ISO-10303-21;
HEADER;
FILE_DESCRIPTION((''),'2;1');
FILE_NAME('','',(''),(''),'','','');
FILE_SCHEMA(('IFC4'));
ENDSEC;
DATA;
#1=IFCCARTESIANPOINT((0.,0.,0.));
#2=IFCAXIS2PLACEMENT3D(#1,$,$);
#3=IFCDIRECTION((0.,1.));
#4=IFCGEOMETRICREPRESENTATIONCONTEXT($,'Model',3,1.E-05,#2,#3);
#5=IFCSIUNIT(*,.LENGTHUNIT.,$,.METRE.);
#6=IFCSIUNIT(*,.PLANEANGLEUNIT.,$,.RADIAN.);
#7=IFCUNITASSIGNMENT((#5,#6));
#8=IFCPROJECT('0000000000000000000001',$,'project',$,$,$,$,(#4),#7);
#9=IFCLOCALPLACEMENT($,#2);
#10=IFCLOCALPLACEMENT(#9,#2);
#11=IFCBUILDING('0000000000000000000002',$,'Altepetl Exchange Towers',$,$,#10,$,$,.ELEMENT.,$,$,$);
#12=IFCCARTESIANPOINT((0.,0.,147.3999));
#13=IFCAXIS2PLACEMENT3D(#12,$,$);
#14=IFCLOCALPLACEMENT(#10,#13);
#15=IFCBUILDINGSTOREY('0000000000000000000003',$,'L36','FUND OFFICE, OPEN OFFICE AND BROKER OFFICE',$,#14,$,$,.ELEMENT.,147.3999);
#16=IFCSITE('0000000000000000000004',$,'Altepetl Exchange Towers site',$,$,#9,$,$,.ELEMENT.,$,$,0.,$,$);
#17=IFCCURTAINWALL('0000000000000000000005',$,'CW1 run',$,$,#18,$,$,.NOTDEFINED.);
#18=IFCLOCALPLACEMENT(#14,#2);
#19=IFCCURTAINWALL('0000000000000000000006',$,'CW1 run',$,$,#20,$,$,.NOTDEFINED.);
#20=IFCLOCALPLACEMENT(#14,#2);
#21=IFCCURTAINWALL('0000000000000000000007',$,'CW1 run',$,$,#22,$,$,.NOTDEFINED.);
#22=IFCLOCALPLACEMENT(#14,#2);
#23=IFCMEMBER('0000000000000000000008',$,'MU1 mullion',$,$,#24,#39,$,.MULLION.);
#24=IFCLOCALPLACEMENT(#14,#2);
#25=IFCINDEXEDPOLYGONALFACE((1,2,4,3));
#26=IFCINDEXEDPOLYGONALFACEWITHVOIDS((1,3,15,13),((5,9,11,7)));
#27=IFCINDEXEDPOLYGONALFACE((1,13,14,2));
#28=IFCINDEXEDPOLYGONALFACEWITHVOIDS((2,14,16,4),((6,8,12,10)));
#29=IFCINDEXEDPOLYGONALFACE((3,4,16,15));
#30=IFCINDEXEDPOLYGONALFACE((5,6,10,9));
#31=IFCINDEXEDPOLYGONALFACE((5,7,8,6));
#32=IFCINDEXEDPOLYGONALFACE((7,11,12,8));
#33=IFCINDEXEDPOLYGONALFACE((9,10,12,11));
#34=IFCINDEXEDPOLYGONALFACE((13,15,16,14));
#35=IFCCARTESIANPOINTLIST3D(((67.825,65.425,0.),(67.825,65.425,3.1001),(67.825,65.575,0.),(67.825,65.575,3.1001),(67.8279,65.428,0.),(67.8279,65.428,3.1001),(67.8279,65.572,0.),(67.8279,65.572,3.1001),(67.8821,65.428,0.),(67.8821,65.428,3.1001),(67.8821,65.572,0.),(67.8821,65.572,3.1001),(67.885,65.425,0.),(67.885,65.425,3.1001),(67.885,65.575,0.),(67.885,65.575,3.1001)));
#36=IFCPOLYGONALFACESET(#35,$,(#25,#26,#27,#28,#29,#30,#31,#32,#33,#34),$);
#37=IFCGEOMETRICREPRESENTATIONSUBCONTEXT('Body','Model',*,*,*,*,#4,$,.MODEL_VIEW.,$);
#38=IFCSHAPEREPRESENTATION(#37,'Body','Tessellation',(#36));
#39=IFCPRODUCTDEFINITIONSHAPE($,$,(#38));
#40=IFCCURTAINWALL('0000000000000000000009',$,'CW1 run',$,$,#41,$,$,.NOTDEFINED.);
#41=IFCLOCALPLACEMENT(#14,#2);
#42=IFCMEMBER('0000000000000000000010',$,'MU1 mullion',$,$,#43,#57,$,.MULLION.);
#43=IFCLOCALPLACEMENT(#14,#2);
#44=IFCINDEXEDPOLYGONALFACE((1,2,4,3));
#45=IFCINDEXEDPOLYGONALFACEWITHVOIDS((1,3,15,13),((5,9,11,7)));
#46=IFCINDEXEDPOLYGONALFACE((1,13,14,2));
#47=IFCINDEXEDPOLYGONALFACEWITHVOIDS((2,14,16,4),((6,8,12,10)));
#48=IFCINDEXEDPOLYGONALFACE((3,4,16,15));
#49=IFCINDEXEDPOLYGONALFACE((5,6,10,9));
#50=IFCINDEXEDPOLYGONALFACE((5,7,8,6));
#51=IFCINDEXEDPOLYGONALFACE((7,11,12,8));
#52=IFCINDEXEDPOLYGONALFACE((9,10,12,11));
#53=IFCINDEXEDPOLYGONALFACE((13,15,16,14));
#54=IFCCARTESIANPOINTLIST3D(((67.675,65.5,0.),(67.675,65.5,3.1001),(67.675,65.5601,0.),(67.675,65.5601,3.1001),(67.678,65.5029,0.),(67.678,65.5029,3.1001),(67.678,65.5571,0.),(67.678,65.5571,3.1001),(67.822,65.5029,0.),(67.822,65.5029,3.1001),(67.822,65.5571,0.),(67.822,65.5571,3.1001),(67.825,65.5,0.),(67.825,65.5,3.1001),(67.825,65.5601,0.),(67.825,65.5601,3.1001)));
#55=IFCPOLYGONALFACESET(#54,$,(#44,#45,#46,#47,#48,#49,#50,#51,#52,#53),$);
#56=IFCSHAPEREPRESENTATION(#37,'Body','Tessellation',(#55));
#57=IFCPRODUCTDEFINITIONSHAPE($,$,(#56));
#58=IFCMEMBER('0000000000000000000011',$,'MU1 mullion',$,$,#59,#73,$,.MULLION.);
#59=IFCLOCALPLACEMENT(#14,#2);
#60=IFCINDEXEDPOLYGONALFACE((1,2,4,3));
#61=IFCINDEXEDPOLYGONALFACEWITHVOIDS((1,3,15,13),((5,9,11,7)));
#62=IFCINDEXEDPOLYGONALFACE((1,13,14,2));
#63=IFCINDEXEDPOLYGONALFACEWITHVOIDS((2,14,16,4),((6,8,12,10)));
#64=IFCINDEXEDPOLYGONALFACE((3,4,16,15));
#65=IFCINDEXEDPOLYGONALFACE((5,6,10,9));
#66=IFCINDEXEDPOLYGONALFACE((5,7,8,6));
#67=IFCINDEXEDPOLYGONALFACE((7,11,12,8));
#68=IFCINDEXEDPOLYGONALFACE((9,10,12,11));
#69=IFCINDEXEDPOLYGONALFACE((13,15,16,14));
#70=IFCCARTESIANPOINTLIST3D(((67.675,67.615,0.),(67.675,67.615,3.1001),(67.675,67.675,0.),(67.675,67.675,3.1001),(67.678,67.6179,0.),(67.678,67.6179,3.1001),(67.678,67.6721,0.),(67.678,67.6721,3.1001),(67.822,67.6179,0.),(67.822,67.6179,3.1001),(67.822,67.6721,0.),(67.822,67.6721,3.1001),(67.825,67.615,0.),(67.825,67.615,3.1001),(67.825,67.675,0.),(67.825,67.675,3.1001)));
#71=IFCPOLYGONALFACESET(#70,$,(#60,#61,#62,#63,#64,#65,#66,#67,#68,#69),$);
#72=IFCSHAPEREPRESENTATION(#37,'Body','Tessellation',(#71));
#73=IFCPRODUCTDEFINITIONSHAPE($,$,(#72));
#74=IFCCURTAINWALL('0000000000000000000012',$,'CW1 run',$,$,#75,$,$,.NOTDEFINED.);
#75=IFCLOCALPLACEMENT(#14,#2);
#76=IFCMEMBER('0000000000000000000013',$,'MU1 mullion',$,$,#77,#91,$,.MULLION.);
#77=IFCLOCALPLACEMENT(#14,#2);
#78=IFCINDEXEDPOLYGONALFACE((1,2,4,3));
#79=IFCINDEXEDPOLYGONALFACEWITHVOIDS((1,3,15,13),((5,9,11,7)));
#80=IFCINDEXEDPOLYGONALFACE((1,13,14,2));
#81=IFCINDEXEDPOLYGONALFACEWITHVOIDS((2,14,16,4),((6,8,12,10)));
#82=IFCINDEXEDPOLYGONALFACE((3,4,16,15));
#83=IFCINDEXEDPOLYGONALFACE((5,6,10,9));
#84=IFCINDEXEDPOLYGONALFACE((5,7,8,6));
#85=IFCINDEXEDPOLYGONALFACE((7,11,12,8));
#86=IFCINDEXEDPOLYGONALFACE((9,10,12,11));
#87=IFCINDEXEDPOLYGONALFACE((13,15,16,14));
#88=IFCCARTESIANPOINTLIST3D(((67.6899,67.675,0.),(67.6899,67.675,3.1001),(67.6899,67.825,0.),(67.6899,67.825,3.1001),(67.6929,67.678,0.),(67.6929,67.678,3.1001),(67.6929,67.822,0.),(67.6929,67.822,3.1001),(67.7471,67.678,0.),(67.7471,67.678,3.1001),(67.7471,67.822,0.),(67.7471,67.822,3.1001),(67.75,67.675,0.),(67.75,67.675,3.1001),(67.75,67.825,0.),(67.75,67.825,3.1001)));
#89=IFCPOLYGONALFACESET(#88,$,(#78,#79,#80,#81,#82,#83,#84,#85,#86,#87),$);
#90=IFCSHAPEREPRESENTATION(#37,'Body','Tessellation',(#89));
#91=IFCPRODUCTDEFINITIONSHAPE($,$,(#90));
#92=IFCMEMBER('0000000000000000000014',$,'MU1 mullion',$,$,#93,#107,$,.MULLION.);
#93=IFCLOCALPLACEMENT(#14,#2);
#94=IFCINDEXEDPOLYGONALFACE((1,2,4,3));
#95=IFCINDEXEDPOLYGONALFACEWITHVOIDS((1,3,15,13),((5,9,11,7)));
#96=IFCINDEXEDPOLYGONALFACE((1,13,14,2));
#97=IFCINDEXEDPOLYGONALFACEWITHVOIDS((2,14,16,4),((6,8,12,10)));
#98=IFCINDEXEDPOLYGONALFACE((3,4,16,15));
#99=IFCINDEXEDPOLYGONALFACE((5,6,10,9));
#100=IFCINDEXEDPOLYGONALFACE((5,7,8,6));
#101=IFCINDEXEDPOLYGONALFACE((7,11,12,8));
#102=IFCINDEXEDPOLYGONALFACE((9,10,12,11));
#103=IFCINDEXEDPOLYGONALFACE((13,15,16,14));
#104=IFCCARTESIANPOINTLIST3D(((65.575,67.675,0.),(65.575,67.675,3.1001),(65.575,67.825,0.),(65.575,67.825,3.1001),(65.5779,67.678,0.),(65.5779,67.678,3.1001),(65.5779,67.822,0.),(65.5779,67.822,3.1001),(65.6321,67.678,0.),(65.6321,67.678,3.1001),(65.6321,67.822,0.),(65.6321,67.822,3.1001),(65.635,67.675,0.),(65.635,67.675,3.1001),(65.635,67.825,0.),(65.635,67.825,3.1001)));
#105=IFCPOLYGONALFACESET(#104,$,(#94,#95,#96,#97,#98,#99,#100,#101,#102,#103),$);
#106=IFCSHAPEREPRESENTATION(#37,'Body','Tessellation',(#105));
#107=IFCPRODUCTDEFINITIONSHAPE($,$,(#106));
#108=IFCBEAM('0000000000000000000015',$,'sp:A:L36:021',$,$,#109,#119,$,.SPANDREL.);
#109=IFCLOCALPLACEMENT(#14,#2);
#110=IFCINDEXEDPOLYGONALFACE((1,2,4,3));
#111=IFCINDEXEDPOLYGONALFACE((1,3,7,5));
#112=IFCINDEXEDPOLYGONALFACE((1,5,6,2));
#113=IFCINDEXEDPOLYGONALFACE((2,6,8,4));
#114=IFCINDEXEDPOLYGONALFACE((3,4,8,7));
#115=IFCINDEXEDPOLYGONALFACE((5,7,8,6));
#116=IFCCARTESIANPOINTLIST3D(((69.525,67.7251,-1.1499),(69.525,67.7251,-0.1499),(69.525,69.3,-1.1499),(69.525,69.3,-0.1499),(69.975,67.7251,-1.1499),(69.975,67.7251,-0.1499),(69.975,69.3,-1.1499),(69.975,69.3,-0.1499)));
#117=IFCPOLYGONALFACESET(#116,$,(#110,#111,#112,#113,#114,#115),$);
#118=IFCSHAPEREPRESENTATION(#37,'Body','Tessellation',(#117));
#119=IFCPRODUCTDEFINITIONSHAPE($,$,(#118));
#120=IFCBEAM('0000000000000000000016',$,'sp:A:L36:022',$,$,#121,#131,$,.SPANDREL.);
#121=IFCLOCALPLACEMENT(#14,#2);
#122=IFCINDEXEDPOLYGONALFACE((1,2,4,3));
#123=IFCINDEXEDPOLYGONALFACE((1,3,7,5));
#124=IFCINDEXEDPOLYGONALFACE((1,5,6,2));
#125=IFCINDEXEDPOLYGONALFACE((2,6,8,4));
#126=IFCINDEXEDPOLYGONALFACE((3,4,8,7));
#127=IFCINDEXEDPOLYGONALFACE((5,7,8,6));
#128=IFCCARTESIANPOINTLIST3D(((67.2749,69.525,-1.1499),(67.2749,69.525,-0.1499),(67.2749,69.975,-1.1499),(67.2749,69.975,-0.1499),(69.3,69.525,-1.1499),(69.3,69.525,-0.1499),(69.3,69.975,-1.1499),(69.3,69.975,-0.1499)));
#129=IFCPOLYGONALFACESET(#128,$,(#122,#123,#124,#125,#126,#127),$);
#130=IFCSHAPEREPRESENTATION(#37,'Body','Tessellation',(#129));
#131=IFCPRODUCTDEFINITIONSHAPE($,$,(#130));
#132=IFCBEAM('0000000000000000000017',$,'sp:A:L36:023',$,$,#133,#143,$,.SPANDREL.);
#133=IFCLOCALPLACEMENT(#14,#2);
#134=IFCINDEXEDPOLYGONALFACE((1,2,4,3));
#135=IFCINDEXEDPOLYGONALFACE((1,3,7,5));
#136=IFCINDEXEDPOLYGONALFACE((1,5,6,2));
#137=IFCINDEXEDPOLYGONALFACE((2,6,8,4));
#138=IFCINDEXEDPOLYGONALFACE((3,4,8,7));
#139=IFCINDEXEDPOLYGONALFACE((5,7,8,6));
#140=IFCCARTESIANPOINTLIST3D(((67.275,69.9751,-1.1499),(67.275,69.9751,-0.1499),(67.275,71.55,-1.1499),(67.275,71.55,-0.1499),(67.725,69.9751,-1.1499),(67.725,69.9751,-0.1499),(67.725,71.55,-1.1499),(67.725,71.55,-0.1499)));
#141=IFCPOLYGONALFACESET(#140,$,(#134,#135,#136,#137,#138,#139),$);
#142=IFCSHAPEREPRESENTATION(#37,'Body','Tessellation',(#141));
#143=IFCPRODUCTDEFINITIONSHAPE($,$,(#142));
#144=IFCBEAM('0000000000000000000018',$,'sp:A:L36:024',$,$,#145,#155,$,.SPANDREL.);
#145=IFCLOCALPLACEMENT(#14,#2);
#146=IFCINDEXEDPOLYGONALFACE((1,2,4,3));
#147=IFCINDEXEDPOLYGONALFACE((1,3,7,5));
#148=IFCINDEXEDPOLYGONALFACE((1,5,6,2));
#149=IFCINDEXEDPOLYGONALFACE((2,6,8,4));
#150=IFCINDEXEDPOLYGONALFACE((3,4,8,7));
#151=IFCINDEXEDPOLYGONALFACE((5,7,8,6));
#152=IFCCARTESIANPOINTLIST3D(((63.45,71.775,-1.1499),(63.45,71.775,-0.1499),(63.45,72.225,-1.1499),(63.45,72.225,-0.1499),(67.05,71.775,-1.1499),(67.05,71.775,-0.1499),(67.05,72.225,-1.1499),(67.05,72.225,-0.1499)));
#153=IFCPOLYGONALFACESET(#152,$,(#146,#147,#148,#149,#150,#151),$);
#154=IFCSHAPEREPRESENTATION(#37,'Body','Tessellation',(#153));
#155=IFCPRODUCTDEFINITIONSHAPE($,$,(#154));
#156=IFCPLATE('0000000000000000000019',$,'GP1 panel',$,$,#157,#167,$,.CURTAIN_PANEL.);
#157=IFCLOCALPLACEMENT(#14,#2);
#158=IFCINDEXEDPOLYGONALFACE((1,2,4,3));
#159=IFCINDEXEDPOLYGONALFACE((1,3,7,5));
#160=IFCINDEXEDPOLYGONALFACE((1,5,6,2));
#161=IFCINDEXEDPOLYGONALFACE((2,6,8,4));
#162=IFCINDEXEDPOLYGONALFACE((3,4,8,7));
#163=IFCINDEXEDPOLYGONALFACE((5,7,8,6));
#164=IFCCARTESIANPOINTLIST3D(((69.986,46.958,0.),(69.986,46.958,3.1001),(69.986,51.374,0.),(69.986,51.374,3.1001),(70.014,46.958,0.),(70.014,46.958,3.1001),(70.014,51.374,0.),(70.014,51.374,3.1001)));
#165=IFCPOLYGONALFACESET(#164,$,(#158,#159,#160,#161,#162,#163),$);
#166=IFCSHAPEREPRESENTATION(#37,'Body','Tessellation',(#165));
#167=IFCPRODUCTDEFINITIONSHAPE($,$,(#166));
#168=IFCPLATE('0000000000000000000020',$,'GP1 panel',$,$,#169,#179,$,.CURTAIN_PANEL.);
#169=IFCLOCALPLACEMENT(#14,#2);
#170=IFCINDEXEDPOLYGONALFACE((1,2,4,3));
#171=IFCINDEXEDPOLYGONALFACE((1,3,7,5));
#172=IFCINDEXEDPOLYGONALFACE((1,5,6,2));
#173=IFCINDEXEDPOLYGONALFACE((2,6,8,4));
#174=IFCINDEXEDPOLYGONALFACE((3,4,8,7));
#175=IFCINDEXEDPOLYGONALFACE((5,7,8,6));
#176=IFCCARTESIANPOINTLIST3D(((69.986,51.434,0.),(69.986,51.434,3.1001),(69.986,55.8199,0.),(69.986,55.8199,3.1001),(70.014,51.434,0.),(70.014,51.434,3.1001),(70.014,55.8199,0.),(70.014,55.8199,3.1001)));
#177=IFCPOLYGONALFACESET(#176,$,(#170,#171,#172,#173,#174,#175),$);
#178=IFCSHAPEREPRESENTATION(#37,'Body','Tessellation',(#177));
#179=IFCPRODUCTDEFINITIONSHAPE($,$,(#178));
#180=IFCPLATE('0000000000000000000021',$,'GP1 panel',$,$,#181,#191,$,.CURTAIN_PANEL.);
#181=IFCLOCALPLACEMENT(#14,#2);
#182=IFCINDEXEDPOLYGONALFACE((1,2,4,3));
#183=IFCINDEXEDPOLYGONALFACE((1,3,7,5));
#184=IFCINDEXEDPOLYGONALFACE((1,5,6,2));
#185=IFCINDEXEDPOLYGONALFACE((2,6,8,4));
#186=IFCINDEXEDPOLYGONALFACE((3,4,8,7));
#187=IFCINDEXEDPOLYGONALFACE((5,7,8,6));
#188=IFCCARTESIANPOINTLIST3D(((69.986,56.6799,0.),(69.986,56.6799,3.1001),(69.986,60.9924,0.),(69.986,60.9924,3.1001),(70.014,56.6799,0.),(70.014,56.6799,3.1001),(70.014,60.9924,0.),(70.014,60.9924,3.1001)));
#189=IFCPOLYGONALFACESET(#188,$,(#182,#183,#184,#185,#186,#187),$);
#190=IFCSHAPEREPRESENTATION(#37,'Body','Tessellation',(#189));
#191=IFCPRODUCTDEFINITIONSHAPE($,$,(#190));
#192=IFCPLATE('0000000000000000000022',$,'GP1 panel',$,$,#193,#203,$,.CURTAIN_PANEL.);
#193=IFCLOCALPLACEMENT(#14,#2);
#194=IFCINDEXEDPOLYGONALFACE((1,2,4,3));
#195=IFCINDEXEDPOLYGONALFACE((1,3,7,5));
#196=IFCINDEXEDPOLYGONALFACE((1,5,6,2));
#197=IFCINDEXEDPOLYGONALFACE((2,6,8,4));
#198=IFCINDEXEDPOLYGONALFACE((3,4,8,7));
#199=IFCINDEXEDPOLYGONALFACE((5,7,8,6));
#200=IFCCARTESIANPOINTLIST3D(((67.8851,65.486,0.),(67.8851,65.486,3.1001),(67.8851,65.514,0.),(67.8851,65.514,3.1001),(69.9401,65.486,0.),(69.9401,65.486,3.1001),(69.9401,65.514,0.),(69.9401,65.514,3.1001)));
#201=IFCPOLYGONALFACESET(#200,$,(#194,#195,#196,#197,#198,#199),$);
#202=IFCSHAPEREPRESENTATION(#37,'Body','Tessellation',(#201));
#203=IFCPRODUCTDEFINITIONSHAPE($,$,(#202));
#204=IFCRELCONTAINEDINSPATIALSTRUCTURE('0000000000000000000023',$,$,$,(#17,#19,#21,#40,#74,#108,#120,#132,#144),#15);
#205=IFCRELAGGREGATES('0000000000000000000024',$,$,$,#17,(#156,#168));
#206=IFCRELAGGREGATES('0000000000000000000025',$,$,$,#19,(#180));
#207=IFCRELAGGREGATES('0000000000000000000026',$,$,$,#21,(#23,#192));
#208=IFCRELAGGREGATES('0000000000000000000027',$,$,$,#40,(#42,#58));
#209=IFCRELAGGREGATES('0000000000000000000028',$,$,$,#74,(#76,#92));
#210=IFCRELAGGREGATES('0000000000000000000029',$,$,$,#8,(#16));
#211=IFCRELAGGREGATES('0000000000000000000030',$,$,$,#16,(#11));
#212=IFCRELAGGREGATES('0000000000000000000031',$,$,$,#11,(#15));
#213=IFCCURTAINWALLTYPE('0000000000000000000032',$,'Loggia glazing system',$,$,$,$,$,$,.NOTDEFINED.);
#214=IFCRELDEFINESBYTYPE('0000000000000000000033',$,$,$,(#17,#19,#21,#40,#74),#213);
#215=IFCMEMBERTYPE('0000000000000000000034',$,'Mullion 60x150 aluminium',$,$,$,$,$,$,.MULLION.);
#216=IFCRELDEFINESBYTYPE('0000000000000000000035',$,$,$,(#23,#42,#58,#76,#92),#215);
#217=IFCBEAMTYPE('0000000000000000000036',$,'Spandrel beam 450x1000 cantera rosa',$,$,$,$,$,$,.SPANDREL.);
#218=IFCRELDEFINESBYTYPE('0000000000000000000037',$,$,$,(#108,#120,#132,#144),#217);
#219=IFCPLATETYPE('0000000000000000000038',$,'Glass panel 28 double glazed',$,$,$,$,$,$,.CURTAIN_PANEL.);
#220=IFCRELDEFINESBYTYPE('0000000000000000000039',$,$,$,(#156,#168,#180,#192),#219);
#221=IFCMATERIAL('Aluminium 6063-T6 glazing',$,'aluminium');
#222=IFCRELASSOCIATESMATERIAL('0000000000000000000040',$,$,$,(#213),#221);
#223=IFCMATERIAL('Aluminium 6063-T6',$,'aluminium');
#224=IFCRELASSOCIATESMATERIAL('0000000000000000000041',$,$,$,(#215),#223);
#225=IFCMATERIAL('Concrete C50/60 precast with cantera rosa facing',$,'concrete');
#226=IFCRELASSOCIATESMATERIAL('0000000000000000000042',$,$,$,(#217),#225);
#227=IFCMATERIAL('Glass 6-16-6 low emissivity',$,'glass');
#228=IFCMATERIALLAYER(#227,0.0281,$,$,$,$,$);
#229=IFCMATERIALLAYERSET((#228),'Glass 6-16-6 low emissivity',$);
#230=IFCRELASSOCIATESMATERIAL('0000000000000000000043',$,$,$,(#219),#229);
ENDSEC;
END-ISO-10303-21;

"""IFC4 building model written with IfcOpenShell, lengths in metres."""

from ifc_helpers import new_model, si_unit, direction, frame, origin, origin_2d, place, context, subcontext, project, spatial, rectangle, hollow_rectangle, extrude, material, layer, layer_set, material_profile, profile_set, type_object, element, aggregate, save


model = new_model("IFC4")

# Units and contexts
model_context = context("Model", 3, precision=1e-05, world=origin(), true_north=direction((0.0, 1.0)))
body_context = subcontext(model_context, "Body", "Model", "MODEL_VIEW")
ifc_project = project(units=[si_unit("LENGTHUNIT", "METRE"), si_unit("PLANEANGLEUNIT", "RADIAN")], contexts=[model_context])

# Site, building, storey
site_placement = place(None, origin())
site = spatial("IfcSite", under=ifc_project, at=site_placement, Name="Altepetl Exchange Towers site", CompositionType="ELEMENT", RefElevation=0.0)
building_placement = place(site_placement, origin())
building = spatial("IfcBuilding", under=site, at=building_placement, Name="Altepetl Exchange Towers", CompositionType="ELEMENT")
storey_placement = place(building_placement, frame((0.0, 0.0, 147.3999)))
storey = spatial("IfcBuildingStorey", under=building, at=storey_placement, Name="L36", Description="FUND OFFICE, OPEN OFFICE AND BROKER OFFICE", CompositionType="ELEMENT", Elevation=147.3999)

# Curtain walls, members
ifc_material_1 = material(Name="Aluminium 6063-T6 glazing", Category="aluminium")
curtain_wall_type = type_object("IfcCurtainWallType", Name="Loggia glazing system", PredefinedType="NOTDEFINED", material=ifc_material_1)
curtain_wall_1_placement = place(storey_placement, origin())
curtain_wall_1 = element("IfcCurtainWall", 1, at=curtain_wall_1_placement, inside=storey, type_object=curtain_wall_type, Name="CW1 run", PredefinedType="NOTDEFINED")
ifc_material_2 = material(Name="Aluminium 6063-T6", Category="aluminium")
ifc_material_profile_1 = material_profile(ifc_material_2, hollow_rectangle(XDim=0.0601, YDim=0.1499, WallThickness=0.0029, at=origin_2d()), Name="Mullion 60x150 aluminium")
ifc_profile_set_1 = profile_set([ifc_material_profile_1], Name="Aluminium 6063-T6")
member_type = type_object("IfcMemberType", Name="Mullion 60x150 aluminium", PredefinedType="MULLION", material=ifc_profile_set_1)
curtain_wall_2_placement = place(storey_placement, origin())
curtain_wall_2 = element("IfcCurtainWall", 2, at=curtain_wall_2_placement, inside=storey, type_object=curtain_wall_type, Name="CW1 run", PredefinedType="NOTDEFINED")
curtain_wall_3_placement = place(storey_placement, origin())
curtain_wall_3 = element("IfcCurtainWall", 3, at=curtain_wall_3_placement, inside=storey, type_object=curtain_wall_type, Name="CW1 run", PredefinedType="NOTDEFINED")
member_1_placement = place(storey_placement, frame((67.855, 65.5, 0.0), z_axis=(0.0, 0.0, 1.0), x_axis=(-1.0, 0.0, 0.0)))
member_1 = element("IfcMember", 4, at=member_1_placement, type_object=member_type, Name="MU1 mullion", PredefinedType="MULLION", context=body_context, shape_type="SweptSolid", body=[
    extrude(hollow_rectangle(XDim=0.0601, YDim=0.1499, WallThickness=0.0029, at=origin_2d()), origin(), (0.0, 0.0, 1.0), 3.1001),
])
curtain_wall_4_placement = place(storey_placement, origin())
curtain_wall_4 = element("IfcCurtainWall", 5, at=curtain_wall_4_placement, inside=storey, type_object=curtain_wall_type, Name="CW1 run", PredefinedType="NOTDEFINED")
member_2_placement = place(storey_placement, frame((67.75, 65.53, 0.0), z_axis=(0.0, 0.0, 1.0), x_axis=(0.0, 1.0, 0.0)))
member_2 = element("IfcMember", 6, at=member_2_placement, type_object=member_type, Name="MU1 mullion", PredefinedType="MULLION", context=body_context, shape_type="SweptSolid", body=[
    extrude(hollow_rectangle(XDim=0.0601, YDim=0.1499, WallThickness=0.0029, at=origin_2d()), origin(), (0.0, 0.0, 1.0), 3.1001),
])
member_3_placement = place(storey_placement, frame((67.75, 67.645, 0.0), z_axis=(0.0, 0.0, 1.0), x_axis=(0.0, 1.0, 0.0)))
member_3 = element("IfcMember", 7, at=member_3_placement, type_object=member_type, Name="MU1 mullion", PredefinedType="MULLION", context=body_context, shape_type="SweptSolid", body=[
    extrude(hollow_rectangle(XDim=0.0601, YDim=0.1499, WallThickness=0.0029, at=origin_2d()), origin(), (0.0, 0.0, 1.0), 3.1001),
])
curtain_wall_5_placement = place(storey_placement, origin())
curtain_wall_5 = element("IfcCurtainWall", 8, at=curtain_wall_5_placement, inside=storey, type_object=curtain_wall_type, Name="CW1 run", PredefinedType="NOTDEFINED")
member_4_placement = place(storey_placement, frame((67.72, 67.75, 0.0), z_axis=(0.0, 0.0, 1.0), x_axis=(-1.0, 0.0, 0.0)))
member_4 = element("IfcMember", 9, at=member_4_placement, type_object=member_type, Name="MU1 mullion", PredefinedType="MULLION", context=body_context, shape_type="SweptSolid", body=[
    extrude(hollow_rectangle(XDim=0.0601, YDim=0.1499, WallThickness=0.0029, at=origin_2d()), origin(), (0.0, 0.0, 1.0), 3.1001),
])
member_5_placement = place(storey_placement, frame((65.605, 67.75, 0.0), z_axis=(0.0, 0.0, 1.0), x_axis=(-1.0, 0.0, 0.0)))
member_5 = element("IfcMember", 10, at=member_5_placement, type_object=member_type, Name="MU1 mullion", PredefinedType="MULLION", context=body_context, shape_type="SweptSolid", body=[
    extrude(hollow_rectangle(XDim=0.0601, YDim=0.1499, WallThickness=0.0029, at=origin_2d()), origin(), (0.0, 0.0, 1.0), 3.1001),
])

# Beams
ifc_material_3 = material(Name="Concrete C50/60 precast with cantera rosa facing", Category="concrete")
ifc_material_profile_2 = material_profile(ifc_material_3, rectangle(XDim=0.45, YDim=1.0, at=origin_2d()), Name="450 x 1000")
ifc_profile_set_2 = profile_set([ifc_material_profile_2], Name="Concrete C50/60 precast with cantera rosa facing")
beam_type_1 = type_object("IfcBeamType", Name="Spandrel beam 450x1000 cantera rosa", PredefinedType="SPANDREL", material=ifc_profile_set_2)
beam_1_placement = place(storey_placement, frame((69.75, 67.7251, -0.6499), z_axis=(0.0, 1.0, 0.0), x_axis=(-1.0, 0.0, 0.0)))
element("IfcBeam", 11, at=beam_1_placement, inside=storey, type_object=beam_type_1, Name="sp:A:L36:021", PredefinedType="SPANDREL", context=body_context, shape_type="SweptSolid", body=[
    extrude(rectangle(XDim=0.45, YDim=1.0, at=origin_2d()), origin(), (0.0, 0.0, 1.0), 1.575),
])
beam_2_placement = place(storey_placement, frame((69.3, 69.75, -0.6499), z_axis=(-1.0, 0.0, 0.0), x_axis=(0.0, -1.0, 0.0)))
element("IfcBeam", 12, at=beam_2_placement, inside=storey, type_object=beam_type_1, Name="sp:A:L36:022", PredefinedType="SPANDREL", context=body_context, shape_type="SweptSolid", body=[
    extrude(rectangle(XDim=0.45, YDim=1.0, at=origin_2d()), origin(), (0.0, 0.0, 1.0), 2.0251),
])
beam_3_placement = place(storey_placement, frame((67.5, 69.9751, -0.6499), z_axis=(0.0, 1.0, 0.0), x_axis=(-1.0, 0.0, 0.0)))
element("IfcBeam", 13, at=beam_3_placement, inside=storey, type_object=beam_type_1, Name="sp:A:L36:023", PredefinedType="SPANDREL", context=body_context, shape_type="SweptSolid", body=[
    extrude(rectangle(XDim=0.45, YDim=1.0, at=origin_2d()), origin(), (0.0, 0.0, 1.0), 1.575),
])
beam_4_placement = place(storey_placement, frame((67.05, 72.0, -0.6499), z_axis=(-1.0, 0.0, 0.0), x_axis=(0.0, -1.0, 0.0)))
element("IfcBeam", 14, at=beam_4_placement, inside=storey, type_object=beam_type_1, Name="sp:A:L36:024", PredefinedType="SPANDREL", context=body_context, shape_type="SweptSolid", body=[
    extrude(rectangle(XDim=0.45, YDim=1.0, at=origin_2d()), origin(), (0.0, 0.0, 1.0), 3.6001),
])

# Plates
ifc_material_4 = material(Name="Glass 6-16-6 low emissivity", Category="glass")
ifc_layer_1 = layer(ifc_material_4, 0.0281)
ifc_layer_set_1 = layer_set([ifc_layer_1], Name="Glass 6-16-6 low emissivity")
plate_type = type_object("IfcPlateType", Name="Glass panel 28 double glazed", PredefinedType="CURTAIN_PANEL", material=ifc_layer_set_1)
plate_1_placement = place(storey_placement, frame((70.0, 49.166, 0.0), z_axis=(0.0, 0.0, 1.0), x_axis=(0.0, 1.0, 0.0)))
plate_1 = element("IfcPlate", 15, at=plate_1_placement, type_object=plate_type, Name="GP1 panel", PredefinedType="CURTAIN_PANEL", context=body_context, shape_type="SweptSolid", body=[
    extrude(rectangle(XDim=4.416, YDim=0.0281, at=origin_2d()), origin(), (0.0, 0.0, 1.0), 3.1001),
])
plate_2_placement = place(storey_placement, frame((70.0, 53.627, 0.0), z_axis=(0.0, 0.0, 1.0), x_axis=(0.0, 1.0, 0.0)))
plate_2 = element("IfcPlate", 16, at=plate_2_placement, type_object=plate_type, Name="GP1 panel", PredefinedType="CURTAIN_PANEL", context=body_context, shape_type="SweptSolid", body=[
    extrude(rectangle(XDim=4.386, YDim=0.0281, at=origin_2d()), origin(), (0.0, 0.0, 1.0), 3.1001),
])
aggregate(curtain_wall_1, [plate_1, plate_2])
plate_3_placement = place(storey_placement, frame((70.0, 58.8362, 0.0), z_axis=(0.0, 0.0, 1.0), x_axis=(0.0, 1.0, 0.0)))
plate_3 = element("IfcPlate", 17, at=plate_3_placement, type_object=plate_type, Name="GP1 panel", PredefinedType="CURTAIN_PANEL", context=body_context, shape_type="SweptSolid", body=[
    extrude(rectangle(XDim=4.3125, YDim=0.0281, at=origin_2d()), origin(), (0.0, 0.0, 1.0), 3.1001),
])
aggregate(curtain_wall_2, [plate_3])
plate_4_placement = place(storey_placement, frame((68.9126, 65.5, 0.0), z_axis=(0.0, 0.0, 1.0), x_axis=(-1.0, 0.0, 0.0)))
plate_4 = element("IfcPlate", 18, at=plate_4_placement, type_object=plate_type, Name="GP1 panel", PredefinedType="CURTAIN_PANEL", context=body_context, shape_type="SweptSolid", body=[
    extrude(rectangle(XDim=2.0549, YDim=0.0281, at=origin_2d()), origin(), (0.0, 0.0, 1.0), 3.1001),
])
aggregate(curtain_wall_3, [member_1, plate_4])
aggregate(curtain_wall_4, [member_2, member_3])
aggregate(curtain_wall_5, [member_4, member_5])

save(model, "model.ifc")
